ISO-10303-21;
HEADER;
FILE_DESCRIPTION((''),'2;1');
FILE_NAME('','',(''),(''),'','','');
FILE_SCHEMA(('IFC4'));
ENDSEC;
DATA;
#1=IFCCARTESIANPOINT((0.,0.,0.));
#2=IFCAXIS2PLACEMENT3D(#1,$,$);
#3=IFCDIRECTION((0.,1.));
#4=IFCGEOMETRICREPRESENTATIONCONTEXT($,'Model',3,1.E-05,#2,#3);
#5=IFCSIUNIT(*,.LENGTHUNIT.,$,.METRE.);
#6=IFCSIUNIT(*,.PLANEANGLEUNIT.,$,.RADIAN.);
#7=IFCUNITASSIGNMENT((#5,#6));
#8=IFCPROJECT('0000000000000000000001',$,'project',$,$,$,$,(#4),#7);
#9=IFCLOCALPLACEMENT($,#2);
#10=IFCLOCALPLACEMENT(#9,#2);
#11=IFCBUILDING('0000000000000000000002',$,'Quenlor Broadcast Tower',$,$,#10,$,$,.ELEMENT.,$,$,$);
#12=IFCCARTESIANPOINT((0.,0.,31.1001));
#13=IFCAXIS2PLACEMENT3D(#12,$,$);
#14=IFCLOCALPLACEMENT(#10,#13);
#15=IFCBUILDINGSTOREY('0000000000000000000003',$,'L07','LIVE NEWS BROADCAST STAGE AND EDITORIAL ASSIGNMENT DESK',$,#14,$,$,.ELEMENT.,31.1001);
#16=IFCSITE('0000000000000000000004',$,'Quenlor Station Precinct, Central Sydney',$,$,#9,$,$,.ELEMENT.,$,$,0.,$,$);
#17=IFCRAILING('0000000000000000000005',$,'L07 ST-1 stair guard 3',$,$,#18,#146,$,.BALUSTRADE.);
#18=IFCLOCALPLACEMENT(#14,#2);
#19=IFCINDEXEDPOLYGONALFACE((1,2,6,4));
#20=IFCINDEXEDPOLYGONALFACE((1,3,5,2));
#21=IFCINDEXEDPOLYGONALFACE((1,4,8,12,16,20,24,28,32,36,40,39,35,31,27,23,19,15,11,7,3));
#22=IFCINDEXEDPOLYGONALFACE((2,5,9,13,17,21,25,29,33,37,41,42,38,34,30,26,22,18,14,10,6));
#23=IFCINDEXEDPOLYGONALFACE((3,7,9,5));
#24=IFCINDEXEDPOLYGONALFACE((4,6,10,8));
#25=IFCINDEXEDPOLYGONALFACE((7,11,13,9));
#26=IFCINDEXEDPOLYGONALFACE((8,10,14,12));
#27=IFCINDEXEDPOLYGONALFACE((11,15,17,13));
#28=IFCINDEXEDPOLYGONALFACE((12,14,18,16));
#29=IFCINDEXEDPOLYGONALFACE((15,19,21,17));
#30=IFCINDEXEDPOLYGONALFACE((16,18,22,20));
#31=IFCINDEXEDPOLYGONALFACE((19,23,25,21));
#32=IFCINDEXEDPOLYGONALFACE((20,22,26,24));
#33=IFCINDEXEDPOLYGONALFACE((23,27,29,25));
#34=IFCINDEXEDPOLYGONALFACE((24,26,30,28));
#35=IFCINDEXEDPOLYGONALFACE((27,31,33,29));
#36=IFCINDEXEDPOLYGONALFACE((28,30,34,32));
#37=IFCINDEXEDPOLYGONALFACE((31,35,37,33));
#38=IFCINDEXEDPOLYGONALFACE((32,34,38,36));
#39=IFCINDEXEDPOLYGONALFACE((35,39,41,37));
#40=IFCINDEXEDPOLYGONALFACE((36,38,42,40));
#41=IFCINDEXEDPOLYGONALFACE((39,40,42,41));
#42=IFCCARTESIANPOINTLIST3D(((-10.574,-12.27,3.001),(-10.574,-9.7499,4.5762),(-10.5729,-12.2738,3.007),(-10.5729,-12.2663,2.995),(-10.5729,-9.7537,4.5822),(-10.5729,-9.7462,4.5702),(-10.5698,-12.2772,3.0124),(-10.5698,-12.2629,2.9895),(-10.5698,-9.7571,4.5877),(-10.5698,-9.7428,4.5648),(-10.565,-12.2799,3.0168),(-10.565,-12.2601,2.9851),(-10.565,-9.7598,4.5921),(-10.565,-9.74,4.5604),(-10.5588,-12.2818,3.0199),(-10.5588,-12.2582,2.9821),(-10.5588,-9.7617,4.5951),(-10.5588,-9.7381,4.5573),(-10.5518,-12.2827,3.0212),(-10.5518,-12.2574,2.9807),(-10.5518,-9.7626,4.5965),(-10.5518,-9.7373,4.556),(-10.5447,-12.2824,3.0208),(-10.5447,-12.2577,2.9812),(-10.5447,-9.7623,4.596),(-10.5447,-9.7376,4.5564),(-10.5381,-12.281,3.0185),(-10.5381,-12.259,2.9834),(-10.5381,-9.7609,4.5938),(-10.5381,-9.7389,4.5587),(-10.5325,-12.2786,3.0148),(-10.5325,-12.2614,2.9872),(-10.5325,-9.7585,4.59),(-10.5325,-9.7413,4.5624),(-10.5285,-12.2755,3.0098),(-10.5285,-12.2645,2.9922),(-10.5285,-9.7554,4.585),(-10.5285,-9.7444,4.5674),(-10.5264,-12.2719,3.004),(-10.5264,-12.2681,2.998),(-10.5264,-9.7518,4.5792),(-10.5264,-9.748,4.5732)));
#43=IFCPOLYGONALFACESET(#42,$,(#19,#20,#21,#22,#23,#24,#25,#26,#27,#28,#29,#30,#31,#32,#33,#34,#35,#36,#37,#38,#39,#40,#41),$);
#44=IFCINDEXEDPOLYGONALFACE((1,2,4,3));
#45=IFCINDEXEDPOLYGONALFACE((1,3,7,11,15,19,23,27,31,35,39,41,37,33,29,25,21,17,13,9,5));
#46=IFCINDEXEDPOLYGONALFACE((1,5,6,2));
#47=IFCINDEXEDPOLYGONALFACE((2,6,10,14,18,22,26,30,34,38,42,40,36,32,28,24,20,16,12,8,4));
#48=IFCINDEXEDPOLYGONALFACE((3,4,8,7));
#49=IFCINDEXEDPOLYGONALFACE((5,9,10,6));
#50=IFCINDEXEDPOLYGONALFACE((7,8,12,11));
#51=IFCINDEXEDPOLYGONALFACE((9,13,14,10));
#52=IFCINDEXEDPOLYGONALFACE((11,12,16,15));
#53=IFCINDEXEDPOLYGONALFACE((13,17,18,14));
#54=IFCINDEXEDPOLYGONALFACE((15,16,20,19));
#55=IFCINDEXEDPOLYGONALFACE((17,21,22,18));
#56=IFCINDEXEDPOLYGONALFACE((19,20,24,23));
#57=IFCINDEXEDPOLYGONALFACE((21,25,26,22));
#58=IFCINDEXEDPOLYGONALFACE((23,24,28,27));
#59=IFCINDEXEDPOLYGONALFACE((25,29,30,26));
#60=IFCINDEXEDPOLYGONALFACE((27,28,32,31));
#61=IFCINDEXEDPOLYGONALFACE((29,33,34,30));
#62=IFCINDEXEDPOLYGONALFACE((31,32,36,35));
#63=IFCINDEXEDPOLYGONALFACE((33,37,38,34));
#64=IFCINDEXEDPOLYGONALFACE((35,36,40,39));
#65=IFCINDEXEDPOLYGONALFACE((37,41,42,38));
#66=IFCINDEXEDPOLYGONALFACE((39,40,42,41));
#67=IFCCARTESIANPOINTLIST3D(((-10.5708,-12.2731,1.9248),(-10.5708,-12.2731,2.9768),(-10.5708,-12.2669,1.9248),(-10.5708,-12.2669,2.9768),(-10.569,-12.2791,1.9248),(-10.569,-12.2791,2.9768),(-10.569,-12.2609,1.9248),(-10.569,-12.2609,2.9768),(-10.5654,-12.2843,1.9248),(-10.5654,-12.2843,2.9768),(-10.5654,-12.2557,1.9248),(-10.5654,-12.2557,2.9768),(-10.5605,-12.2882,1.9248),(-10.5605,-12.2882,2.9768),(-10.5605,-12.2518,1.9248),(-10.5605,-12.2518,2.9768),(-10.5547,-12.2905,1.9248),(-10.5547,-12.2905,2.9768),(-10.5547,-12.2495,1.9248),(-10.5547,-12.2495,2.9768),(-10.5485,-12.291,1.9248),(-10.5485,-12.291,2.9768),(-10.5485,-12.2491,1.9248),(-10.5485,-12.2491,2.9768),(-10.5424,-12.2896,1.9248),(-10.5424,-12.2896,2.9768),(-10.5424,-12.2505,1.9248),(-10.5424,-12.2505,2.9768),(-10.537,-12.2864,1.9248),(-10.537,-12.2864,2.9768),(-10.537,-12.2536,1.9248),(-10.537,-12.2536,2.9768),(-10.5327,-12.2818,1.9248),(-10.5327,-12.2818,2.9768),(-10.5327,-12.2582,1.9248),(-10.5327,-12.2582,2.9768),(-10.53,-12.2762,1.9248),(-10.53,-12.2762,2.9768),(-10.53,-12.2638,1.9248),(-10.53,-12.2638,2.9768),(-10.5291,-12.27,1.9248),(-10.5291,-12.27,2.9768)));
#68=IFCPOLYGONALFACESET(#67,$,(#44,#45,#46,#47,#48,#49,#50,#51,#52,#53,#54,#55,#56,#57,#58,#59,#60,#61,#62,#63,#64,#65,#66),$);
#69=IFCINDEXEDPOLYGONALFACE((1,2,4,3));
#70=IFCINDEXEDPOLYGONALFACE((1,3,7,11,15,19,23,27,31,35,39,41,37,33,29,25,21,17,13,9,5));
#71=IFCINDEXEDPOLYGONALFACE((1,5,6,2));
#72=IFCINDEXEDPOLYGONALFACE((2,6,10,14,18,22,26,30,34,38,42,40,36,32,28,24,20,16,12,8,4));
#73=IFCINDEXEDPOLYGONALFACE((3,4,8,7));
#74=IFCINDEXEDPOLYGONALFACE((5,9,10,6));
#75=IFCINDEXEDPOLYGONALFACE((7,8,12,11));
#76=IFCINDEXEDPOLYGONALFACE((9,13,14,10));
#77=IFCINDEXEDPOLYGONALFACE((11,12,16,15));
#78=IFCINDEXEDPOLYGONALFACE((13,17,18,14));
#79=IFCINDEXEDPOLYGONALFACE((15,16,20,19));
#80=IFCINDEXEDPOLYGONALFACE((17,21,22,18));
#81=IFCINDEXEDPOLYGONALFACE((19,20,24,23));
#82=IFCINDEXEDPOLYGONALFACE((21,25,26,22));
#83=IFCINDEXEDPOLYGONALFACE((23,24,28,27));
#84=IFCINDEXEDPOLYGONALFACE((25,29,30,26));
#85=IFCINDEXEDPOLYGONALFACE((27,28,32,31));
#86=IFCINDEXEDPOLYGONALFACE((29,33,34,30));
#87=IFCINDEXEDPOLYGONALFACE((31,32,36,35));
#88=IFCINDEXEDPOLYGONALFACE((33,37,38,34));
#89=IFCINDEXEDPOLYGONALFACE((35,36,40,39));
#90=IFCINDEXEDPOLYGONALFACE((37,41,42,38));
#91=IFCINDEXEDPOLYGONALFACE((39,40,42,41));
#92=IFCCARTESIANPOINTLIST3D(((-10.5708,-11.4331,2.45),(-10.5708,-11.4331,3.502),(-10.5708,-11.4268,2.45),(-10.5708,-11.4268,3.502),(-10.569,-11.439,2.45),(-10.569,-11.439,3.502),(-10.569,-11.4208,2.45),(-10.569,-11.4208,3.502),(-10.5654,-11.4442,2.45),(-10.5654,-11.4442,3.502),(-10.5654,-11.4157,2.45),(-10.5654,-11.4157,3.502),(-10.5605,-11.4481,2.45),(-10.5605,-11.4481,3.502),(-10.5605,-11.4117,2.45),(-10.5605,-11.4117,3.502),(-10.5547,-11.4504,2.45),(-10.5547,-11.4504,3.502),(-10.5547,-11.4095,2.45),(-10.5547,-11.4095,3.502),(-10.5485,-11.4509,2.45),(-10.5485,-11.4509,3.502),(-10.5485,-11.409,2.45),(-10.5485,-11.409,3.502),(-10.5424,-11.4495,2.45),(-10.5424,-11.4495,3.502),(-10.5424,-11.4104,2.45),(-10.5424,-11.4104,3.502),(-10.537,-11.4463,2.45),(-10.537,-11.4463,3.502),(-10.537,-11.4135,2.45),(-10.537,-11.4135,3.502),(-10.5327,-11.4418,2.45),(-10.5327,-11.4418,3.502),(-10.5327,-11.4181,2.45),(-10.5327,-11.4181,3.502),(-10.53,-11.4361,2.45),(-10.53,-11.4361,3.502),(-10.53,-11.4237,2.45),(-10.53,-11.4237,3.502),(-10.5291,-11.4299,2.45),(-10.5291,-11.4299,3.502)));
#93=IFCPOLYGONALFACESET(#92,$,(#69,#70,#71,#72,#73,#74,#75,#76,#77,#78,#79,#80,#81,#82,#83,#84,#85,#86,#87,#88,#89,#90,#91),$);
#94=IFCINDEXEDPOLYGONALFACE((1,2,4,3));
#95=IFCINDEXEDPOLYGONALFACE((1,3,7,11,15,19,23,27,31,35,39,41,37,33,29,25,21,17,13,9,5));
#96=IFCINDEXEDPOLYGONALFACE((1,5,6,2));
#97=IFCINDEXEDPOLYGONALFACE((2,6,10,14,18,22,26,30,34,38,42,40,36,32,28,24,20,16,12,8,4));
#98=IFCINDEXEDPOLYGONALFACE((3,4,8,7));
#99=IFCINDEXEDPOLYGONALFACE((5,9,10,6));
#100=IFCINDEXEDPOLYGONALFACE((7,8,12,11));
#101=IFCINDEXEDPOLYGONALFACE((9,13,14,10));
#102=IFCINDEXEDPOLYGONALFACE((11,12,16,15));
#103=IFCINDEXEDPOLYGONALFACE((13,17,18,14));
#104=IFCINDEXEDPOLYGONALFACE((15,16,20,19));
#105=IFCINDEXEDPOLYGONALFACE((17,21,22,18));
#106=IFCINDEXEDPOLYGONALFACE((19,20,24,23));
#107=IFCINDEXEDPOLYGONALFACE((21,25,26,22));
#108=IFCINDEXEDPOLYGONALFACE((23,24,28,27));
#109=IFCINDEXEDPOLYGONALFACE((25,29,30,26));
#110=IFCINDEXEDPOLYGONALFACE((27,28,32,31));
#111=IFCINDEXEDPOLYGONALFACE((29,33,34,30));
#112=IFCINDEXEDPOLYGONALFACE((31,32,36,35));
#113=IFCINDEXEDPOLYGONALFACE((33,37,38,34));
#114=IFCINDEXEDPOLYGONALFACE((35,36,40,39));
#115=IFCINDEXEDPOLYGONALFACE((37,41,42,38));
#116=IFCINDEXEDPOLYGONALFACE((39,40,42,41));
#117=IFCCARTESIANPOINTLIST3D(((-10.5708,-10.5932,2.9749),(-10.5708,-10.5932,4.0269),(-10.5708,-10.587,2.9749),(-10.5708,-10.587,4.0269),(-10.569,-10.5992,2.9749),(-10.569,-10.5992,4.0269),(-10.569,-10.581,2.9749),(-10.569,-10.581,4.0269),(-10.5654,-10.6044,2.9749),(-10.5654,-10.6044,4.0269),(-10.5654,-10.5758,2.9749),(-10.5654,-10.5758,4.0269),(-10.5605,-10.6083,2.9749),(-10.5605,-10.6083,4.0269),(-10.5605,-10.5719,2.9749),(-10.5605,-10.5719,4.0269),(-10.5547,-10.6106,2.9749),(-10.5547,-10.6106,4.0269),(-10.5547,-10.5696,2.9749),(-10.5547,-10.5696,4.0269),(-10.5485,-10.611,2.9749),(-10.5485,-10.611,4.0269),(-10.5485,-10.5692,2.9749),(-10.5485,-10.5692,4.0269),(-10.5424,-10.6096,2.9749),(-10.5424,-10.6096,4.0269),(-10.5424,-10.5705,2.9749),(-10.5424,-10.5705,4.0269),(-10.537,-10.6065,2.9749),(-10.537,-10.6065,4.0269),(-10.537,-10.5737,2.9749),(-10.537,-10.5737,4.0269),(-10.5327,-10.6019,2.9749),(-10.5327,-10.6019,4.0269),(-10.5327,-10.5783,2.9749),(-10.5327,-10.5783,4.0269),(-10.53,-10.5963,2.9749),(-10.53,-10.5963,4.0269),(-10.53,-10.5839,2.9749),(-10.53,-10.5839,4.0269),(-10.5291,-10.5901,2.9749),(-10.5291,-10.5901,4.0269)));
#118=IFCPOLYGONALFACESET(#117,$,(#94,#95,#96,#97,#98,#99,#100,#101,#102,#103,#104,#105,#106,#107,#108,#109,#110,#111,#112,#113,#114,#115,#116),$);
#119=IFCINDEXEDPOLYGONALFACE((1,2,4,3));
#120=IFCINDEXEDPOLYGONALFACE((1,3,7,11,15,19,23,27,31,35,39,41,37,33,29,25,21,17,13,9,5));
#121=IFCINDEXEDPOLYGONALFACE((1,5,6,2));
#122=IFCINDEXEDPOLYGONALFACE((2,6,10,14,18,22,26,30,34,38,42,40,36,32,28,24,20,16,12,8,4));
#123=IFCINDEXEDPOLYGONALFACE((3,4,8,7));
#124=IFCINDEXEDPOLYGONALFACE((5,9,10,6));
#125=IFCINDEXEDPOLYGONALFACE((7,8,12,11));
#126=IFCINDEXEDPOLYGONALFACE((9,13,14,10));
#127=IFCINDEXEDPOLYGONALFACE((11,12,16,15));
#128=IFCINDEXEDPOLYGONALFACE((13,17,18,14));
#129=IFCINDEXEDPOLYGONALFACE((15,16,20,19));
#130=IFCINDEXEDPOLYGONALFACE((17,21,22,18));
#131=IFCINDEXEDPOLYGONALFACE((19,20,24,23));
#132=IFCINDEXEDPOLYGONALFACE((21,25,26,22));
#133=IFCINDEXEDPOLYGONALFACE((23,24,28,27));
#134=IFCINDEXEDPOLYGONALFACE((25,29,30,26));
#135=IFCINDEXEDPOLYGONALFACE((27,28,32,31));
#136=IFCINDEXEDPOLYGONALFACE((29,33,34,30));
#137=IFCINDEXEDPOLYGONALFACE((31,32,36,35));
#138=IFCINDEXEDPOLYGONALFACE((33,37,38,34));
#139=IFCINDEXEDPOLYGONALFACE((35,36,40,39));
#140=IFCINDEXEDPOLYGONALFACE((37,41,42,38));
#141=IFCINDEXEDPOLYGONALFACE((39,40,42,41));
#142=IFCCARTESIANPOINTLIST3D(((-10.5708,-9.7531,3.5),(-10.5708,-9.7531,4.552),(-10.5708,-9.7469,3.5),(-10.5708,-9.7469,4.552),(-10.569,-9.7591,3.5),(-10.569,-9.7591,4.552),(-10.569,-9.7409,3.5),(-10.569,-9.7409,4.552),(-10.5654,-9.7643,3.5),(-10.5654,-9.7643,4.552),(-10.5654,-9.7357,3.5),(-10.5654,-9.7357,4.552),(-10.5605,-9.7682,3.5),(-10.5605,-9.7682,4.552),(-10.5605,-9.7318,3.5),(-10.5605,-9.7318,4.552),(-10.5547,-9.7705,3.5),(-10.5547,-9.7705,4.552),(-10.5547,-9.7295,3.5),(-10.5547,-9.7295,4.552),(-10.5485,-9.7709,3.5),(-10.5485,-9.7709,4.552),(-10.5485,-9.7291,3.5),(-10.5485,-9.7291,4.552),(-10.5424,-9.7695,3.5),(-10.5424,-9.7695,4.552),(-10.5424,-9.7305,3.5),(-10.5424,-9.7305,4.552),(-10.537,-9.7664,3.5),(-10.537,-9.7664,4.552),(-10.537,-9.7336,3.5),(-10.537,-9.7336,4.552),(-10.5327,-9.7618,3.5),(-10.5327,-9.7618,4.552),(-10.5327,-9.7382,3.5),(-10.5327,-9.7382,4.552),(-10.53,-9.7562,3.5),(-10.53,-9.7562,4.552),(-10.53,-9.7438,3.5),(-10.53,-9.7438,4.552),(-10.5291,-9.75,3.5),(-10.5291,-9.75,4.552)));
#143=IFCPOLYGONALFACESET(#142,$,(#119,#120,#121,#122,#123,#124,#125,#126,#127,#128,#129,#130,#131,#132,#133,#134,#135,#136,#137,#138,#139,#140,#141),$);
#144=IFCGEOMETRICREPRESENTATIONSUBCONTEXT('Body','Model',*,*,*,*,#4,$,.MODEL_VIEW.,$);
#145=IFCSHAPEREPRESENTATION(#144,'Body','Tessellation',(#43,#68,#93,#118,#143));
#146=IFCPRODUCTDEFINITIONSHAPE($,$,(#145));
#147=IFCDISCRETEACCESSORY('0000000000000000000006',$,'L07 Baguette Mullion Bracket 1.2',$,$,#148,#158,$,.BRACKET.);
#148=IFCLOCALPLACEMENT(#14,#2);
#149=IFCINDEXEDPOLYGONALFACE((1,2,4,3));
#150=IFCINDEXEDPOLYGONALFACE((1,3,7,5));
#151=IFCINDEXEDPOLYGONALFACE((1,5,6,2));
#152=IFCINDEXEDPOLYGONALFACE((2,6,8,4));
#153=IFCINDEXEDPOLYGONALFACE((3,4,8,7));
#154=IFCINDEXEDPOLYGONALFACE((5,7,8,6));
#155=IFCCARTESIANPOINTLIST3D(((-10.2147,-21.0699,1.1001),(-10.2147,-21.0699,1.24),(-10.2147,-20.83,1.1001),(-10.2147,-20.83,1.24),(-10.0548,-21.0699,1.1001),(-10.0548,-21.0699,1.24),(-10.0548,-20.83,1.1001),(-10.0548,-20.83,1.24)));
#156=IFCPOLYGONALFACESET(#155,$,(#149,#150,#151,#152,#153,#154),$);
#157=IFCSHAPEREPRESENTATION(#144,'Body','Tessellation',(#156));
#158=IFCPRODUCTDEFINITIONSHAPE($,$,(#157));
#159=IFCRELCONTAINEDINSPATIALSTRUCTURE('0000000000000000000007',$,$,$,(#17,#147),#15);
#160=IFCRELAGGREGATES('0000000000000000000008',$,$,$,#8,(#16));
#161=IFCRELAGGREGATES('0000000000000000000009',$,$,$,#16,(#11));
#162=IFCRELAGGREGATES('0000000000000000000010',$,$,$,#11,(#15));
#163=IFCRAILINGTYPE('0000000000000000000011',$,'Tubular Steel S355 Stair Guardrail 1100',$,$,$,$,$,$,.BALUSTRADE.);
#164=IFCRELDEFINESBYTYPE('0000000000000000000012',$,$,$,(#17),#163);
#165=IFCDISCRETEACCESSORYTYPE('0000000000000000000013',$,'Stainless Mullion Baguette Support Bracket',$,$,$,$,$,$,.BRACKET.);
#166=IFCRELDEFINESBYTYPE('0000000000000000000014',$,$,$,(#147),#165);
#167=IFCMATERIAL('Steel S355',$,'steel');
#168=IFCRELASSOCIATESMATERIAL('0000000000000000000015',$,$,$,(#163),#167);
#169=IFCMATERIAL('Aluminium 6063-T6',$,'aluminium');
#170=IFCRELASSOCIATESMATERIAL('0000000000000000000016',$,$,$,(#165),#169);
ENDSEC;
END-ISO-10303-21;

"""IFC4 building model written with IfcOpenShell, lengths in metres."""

from ifc_helpers import new_model, si_unit, direction, frame, origin, origin_2d, place, context, subcontext, project, spatial, rectangle, circle, extrude, material, type_object, element, save


model = new_model("IFC4")

# Units and contexts
model_context = context("Model", 3, precision=1e-05, world=origin(), true_north=direction((0.0, 1.0)))
body_context = subcontext(model_context, "Body", "Model", "MODEL_VIEW")
ifc_project = project(units=[si_unit("LENGTHUNIT", "METRE"), si_unit("PLANEANGLEUNIT", "RADIAN")], contexts=[model_context])

# Site, building, storey
site_placement = place(None, origin())
site = spatial("IfcSite", under=ifc_project, at=site_placement, Name="Quenlor Station Precinct, Central Sydney", CompositionType="ELEMENT", RefElevation=0.0)
building_placement = place(site_placement, origin())
building = spatial("IfcBuilding", under=site, at=building_placement, Name="Quenlor Broadcast Tower", CompositionType="ELEMENT")
storey_placement = place(building_placement, frame((0.0, 0.0, 31.1001)))
storey = spatial("IfcBuildingStorey", under=building, at=storey_placement, Name="L07", Description="LIVE NEWS BROADCAST STAGE AND EDITORIAL ASSIGNMENT DESK", CompositionType="ELEMENT", Elevation=31.1001)

# Railing
ifc_material_1 = material(Name="Steel S355", Category="steel")
railing_type = type_object("IfcRailingType", Name="Tubular Steel S355 Stair Guardrail 1100", PredefinedType="BALUSTRADE", material=ifc_material_1)
railing_1_placement = place(storey_placement, frame((-10.55, -12.27, 1.9248)))
element("IfcRailing", 1, at=railing_1_placement, inside=storey, type_object=railing_type, Name="L07 ST-1 stair guard 3", PredefinedType="BALUSTRADE", context=body_context, shape_type="SweptSolid", body=[
    extrude(circle(Radius=0.0239, at=origin_2d()), frame((0.0, 0.0, 1.0762), z_axis=(0.0, 0.847971, 0.530043), x_axis=(-1.0, 0.0, 0.0)), (0.0, 0.0, 1.0), 2.9719),
    extrude(circle(Radius=0.021, at=origin_2d()), origin(), (0.0, 0.0, 1.0), 1.052),
    extrude(circle(Radius=0.021, at=origin_2d()), frame((0.0, 0.8401, 0.5251)), (0.0, 0.0, 1.0), 1.052),
    extrude(circle(Radius=0.021, at=origin_2d()), frame((0.0, 1.6799, 1.05)), (0.0, 0.0, 1.0), 1.052),
    extrude(circle(Radius=0.021, at=origin_2d()), frame((0.0, 2.52, 1.5752)), (0.0, 0.0, 1.0), 1.052),
])

# Discrete accessory
ifc_material_2 = material(Name="Aluminium 6063-T6", Category="aluminium")
discrete_accessory_type = type_object("IfcDiscreteAccessoryType", Name="Stainless Mullion Baguette Support Bracket", PredefinedType="BRACKET", material=ifc_material_2)
discrete_accessory_placement = place(storey_placement, frame((-10.1348, -20.95, 1.1001), z_axis=(0.0, 0.0, 1.0), x_axis=(-1.0, 0.0, 0.0)))
element("IfcDiscreteAccessory", 2, at=discrete_accessory_placement, inside=storey, type_object=discrete_accessory_type, Name="L07 Baguette Mullion Bracket 1.2", PredefinedType="BRACKET", context=body_context, shape_type="SweptSolid", body=[
    extrude(rectangle(XDim=0.1599, YDim=0.24, at=origin_2d()), origin(), (0.0, 0.0, 1.0), 0.1399),
])

save(model, "model.ifc")
